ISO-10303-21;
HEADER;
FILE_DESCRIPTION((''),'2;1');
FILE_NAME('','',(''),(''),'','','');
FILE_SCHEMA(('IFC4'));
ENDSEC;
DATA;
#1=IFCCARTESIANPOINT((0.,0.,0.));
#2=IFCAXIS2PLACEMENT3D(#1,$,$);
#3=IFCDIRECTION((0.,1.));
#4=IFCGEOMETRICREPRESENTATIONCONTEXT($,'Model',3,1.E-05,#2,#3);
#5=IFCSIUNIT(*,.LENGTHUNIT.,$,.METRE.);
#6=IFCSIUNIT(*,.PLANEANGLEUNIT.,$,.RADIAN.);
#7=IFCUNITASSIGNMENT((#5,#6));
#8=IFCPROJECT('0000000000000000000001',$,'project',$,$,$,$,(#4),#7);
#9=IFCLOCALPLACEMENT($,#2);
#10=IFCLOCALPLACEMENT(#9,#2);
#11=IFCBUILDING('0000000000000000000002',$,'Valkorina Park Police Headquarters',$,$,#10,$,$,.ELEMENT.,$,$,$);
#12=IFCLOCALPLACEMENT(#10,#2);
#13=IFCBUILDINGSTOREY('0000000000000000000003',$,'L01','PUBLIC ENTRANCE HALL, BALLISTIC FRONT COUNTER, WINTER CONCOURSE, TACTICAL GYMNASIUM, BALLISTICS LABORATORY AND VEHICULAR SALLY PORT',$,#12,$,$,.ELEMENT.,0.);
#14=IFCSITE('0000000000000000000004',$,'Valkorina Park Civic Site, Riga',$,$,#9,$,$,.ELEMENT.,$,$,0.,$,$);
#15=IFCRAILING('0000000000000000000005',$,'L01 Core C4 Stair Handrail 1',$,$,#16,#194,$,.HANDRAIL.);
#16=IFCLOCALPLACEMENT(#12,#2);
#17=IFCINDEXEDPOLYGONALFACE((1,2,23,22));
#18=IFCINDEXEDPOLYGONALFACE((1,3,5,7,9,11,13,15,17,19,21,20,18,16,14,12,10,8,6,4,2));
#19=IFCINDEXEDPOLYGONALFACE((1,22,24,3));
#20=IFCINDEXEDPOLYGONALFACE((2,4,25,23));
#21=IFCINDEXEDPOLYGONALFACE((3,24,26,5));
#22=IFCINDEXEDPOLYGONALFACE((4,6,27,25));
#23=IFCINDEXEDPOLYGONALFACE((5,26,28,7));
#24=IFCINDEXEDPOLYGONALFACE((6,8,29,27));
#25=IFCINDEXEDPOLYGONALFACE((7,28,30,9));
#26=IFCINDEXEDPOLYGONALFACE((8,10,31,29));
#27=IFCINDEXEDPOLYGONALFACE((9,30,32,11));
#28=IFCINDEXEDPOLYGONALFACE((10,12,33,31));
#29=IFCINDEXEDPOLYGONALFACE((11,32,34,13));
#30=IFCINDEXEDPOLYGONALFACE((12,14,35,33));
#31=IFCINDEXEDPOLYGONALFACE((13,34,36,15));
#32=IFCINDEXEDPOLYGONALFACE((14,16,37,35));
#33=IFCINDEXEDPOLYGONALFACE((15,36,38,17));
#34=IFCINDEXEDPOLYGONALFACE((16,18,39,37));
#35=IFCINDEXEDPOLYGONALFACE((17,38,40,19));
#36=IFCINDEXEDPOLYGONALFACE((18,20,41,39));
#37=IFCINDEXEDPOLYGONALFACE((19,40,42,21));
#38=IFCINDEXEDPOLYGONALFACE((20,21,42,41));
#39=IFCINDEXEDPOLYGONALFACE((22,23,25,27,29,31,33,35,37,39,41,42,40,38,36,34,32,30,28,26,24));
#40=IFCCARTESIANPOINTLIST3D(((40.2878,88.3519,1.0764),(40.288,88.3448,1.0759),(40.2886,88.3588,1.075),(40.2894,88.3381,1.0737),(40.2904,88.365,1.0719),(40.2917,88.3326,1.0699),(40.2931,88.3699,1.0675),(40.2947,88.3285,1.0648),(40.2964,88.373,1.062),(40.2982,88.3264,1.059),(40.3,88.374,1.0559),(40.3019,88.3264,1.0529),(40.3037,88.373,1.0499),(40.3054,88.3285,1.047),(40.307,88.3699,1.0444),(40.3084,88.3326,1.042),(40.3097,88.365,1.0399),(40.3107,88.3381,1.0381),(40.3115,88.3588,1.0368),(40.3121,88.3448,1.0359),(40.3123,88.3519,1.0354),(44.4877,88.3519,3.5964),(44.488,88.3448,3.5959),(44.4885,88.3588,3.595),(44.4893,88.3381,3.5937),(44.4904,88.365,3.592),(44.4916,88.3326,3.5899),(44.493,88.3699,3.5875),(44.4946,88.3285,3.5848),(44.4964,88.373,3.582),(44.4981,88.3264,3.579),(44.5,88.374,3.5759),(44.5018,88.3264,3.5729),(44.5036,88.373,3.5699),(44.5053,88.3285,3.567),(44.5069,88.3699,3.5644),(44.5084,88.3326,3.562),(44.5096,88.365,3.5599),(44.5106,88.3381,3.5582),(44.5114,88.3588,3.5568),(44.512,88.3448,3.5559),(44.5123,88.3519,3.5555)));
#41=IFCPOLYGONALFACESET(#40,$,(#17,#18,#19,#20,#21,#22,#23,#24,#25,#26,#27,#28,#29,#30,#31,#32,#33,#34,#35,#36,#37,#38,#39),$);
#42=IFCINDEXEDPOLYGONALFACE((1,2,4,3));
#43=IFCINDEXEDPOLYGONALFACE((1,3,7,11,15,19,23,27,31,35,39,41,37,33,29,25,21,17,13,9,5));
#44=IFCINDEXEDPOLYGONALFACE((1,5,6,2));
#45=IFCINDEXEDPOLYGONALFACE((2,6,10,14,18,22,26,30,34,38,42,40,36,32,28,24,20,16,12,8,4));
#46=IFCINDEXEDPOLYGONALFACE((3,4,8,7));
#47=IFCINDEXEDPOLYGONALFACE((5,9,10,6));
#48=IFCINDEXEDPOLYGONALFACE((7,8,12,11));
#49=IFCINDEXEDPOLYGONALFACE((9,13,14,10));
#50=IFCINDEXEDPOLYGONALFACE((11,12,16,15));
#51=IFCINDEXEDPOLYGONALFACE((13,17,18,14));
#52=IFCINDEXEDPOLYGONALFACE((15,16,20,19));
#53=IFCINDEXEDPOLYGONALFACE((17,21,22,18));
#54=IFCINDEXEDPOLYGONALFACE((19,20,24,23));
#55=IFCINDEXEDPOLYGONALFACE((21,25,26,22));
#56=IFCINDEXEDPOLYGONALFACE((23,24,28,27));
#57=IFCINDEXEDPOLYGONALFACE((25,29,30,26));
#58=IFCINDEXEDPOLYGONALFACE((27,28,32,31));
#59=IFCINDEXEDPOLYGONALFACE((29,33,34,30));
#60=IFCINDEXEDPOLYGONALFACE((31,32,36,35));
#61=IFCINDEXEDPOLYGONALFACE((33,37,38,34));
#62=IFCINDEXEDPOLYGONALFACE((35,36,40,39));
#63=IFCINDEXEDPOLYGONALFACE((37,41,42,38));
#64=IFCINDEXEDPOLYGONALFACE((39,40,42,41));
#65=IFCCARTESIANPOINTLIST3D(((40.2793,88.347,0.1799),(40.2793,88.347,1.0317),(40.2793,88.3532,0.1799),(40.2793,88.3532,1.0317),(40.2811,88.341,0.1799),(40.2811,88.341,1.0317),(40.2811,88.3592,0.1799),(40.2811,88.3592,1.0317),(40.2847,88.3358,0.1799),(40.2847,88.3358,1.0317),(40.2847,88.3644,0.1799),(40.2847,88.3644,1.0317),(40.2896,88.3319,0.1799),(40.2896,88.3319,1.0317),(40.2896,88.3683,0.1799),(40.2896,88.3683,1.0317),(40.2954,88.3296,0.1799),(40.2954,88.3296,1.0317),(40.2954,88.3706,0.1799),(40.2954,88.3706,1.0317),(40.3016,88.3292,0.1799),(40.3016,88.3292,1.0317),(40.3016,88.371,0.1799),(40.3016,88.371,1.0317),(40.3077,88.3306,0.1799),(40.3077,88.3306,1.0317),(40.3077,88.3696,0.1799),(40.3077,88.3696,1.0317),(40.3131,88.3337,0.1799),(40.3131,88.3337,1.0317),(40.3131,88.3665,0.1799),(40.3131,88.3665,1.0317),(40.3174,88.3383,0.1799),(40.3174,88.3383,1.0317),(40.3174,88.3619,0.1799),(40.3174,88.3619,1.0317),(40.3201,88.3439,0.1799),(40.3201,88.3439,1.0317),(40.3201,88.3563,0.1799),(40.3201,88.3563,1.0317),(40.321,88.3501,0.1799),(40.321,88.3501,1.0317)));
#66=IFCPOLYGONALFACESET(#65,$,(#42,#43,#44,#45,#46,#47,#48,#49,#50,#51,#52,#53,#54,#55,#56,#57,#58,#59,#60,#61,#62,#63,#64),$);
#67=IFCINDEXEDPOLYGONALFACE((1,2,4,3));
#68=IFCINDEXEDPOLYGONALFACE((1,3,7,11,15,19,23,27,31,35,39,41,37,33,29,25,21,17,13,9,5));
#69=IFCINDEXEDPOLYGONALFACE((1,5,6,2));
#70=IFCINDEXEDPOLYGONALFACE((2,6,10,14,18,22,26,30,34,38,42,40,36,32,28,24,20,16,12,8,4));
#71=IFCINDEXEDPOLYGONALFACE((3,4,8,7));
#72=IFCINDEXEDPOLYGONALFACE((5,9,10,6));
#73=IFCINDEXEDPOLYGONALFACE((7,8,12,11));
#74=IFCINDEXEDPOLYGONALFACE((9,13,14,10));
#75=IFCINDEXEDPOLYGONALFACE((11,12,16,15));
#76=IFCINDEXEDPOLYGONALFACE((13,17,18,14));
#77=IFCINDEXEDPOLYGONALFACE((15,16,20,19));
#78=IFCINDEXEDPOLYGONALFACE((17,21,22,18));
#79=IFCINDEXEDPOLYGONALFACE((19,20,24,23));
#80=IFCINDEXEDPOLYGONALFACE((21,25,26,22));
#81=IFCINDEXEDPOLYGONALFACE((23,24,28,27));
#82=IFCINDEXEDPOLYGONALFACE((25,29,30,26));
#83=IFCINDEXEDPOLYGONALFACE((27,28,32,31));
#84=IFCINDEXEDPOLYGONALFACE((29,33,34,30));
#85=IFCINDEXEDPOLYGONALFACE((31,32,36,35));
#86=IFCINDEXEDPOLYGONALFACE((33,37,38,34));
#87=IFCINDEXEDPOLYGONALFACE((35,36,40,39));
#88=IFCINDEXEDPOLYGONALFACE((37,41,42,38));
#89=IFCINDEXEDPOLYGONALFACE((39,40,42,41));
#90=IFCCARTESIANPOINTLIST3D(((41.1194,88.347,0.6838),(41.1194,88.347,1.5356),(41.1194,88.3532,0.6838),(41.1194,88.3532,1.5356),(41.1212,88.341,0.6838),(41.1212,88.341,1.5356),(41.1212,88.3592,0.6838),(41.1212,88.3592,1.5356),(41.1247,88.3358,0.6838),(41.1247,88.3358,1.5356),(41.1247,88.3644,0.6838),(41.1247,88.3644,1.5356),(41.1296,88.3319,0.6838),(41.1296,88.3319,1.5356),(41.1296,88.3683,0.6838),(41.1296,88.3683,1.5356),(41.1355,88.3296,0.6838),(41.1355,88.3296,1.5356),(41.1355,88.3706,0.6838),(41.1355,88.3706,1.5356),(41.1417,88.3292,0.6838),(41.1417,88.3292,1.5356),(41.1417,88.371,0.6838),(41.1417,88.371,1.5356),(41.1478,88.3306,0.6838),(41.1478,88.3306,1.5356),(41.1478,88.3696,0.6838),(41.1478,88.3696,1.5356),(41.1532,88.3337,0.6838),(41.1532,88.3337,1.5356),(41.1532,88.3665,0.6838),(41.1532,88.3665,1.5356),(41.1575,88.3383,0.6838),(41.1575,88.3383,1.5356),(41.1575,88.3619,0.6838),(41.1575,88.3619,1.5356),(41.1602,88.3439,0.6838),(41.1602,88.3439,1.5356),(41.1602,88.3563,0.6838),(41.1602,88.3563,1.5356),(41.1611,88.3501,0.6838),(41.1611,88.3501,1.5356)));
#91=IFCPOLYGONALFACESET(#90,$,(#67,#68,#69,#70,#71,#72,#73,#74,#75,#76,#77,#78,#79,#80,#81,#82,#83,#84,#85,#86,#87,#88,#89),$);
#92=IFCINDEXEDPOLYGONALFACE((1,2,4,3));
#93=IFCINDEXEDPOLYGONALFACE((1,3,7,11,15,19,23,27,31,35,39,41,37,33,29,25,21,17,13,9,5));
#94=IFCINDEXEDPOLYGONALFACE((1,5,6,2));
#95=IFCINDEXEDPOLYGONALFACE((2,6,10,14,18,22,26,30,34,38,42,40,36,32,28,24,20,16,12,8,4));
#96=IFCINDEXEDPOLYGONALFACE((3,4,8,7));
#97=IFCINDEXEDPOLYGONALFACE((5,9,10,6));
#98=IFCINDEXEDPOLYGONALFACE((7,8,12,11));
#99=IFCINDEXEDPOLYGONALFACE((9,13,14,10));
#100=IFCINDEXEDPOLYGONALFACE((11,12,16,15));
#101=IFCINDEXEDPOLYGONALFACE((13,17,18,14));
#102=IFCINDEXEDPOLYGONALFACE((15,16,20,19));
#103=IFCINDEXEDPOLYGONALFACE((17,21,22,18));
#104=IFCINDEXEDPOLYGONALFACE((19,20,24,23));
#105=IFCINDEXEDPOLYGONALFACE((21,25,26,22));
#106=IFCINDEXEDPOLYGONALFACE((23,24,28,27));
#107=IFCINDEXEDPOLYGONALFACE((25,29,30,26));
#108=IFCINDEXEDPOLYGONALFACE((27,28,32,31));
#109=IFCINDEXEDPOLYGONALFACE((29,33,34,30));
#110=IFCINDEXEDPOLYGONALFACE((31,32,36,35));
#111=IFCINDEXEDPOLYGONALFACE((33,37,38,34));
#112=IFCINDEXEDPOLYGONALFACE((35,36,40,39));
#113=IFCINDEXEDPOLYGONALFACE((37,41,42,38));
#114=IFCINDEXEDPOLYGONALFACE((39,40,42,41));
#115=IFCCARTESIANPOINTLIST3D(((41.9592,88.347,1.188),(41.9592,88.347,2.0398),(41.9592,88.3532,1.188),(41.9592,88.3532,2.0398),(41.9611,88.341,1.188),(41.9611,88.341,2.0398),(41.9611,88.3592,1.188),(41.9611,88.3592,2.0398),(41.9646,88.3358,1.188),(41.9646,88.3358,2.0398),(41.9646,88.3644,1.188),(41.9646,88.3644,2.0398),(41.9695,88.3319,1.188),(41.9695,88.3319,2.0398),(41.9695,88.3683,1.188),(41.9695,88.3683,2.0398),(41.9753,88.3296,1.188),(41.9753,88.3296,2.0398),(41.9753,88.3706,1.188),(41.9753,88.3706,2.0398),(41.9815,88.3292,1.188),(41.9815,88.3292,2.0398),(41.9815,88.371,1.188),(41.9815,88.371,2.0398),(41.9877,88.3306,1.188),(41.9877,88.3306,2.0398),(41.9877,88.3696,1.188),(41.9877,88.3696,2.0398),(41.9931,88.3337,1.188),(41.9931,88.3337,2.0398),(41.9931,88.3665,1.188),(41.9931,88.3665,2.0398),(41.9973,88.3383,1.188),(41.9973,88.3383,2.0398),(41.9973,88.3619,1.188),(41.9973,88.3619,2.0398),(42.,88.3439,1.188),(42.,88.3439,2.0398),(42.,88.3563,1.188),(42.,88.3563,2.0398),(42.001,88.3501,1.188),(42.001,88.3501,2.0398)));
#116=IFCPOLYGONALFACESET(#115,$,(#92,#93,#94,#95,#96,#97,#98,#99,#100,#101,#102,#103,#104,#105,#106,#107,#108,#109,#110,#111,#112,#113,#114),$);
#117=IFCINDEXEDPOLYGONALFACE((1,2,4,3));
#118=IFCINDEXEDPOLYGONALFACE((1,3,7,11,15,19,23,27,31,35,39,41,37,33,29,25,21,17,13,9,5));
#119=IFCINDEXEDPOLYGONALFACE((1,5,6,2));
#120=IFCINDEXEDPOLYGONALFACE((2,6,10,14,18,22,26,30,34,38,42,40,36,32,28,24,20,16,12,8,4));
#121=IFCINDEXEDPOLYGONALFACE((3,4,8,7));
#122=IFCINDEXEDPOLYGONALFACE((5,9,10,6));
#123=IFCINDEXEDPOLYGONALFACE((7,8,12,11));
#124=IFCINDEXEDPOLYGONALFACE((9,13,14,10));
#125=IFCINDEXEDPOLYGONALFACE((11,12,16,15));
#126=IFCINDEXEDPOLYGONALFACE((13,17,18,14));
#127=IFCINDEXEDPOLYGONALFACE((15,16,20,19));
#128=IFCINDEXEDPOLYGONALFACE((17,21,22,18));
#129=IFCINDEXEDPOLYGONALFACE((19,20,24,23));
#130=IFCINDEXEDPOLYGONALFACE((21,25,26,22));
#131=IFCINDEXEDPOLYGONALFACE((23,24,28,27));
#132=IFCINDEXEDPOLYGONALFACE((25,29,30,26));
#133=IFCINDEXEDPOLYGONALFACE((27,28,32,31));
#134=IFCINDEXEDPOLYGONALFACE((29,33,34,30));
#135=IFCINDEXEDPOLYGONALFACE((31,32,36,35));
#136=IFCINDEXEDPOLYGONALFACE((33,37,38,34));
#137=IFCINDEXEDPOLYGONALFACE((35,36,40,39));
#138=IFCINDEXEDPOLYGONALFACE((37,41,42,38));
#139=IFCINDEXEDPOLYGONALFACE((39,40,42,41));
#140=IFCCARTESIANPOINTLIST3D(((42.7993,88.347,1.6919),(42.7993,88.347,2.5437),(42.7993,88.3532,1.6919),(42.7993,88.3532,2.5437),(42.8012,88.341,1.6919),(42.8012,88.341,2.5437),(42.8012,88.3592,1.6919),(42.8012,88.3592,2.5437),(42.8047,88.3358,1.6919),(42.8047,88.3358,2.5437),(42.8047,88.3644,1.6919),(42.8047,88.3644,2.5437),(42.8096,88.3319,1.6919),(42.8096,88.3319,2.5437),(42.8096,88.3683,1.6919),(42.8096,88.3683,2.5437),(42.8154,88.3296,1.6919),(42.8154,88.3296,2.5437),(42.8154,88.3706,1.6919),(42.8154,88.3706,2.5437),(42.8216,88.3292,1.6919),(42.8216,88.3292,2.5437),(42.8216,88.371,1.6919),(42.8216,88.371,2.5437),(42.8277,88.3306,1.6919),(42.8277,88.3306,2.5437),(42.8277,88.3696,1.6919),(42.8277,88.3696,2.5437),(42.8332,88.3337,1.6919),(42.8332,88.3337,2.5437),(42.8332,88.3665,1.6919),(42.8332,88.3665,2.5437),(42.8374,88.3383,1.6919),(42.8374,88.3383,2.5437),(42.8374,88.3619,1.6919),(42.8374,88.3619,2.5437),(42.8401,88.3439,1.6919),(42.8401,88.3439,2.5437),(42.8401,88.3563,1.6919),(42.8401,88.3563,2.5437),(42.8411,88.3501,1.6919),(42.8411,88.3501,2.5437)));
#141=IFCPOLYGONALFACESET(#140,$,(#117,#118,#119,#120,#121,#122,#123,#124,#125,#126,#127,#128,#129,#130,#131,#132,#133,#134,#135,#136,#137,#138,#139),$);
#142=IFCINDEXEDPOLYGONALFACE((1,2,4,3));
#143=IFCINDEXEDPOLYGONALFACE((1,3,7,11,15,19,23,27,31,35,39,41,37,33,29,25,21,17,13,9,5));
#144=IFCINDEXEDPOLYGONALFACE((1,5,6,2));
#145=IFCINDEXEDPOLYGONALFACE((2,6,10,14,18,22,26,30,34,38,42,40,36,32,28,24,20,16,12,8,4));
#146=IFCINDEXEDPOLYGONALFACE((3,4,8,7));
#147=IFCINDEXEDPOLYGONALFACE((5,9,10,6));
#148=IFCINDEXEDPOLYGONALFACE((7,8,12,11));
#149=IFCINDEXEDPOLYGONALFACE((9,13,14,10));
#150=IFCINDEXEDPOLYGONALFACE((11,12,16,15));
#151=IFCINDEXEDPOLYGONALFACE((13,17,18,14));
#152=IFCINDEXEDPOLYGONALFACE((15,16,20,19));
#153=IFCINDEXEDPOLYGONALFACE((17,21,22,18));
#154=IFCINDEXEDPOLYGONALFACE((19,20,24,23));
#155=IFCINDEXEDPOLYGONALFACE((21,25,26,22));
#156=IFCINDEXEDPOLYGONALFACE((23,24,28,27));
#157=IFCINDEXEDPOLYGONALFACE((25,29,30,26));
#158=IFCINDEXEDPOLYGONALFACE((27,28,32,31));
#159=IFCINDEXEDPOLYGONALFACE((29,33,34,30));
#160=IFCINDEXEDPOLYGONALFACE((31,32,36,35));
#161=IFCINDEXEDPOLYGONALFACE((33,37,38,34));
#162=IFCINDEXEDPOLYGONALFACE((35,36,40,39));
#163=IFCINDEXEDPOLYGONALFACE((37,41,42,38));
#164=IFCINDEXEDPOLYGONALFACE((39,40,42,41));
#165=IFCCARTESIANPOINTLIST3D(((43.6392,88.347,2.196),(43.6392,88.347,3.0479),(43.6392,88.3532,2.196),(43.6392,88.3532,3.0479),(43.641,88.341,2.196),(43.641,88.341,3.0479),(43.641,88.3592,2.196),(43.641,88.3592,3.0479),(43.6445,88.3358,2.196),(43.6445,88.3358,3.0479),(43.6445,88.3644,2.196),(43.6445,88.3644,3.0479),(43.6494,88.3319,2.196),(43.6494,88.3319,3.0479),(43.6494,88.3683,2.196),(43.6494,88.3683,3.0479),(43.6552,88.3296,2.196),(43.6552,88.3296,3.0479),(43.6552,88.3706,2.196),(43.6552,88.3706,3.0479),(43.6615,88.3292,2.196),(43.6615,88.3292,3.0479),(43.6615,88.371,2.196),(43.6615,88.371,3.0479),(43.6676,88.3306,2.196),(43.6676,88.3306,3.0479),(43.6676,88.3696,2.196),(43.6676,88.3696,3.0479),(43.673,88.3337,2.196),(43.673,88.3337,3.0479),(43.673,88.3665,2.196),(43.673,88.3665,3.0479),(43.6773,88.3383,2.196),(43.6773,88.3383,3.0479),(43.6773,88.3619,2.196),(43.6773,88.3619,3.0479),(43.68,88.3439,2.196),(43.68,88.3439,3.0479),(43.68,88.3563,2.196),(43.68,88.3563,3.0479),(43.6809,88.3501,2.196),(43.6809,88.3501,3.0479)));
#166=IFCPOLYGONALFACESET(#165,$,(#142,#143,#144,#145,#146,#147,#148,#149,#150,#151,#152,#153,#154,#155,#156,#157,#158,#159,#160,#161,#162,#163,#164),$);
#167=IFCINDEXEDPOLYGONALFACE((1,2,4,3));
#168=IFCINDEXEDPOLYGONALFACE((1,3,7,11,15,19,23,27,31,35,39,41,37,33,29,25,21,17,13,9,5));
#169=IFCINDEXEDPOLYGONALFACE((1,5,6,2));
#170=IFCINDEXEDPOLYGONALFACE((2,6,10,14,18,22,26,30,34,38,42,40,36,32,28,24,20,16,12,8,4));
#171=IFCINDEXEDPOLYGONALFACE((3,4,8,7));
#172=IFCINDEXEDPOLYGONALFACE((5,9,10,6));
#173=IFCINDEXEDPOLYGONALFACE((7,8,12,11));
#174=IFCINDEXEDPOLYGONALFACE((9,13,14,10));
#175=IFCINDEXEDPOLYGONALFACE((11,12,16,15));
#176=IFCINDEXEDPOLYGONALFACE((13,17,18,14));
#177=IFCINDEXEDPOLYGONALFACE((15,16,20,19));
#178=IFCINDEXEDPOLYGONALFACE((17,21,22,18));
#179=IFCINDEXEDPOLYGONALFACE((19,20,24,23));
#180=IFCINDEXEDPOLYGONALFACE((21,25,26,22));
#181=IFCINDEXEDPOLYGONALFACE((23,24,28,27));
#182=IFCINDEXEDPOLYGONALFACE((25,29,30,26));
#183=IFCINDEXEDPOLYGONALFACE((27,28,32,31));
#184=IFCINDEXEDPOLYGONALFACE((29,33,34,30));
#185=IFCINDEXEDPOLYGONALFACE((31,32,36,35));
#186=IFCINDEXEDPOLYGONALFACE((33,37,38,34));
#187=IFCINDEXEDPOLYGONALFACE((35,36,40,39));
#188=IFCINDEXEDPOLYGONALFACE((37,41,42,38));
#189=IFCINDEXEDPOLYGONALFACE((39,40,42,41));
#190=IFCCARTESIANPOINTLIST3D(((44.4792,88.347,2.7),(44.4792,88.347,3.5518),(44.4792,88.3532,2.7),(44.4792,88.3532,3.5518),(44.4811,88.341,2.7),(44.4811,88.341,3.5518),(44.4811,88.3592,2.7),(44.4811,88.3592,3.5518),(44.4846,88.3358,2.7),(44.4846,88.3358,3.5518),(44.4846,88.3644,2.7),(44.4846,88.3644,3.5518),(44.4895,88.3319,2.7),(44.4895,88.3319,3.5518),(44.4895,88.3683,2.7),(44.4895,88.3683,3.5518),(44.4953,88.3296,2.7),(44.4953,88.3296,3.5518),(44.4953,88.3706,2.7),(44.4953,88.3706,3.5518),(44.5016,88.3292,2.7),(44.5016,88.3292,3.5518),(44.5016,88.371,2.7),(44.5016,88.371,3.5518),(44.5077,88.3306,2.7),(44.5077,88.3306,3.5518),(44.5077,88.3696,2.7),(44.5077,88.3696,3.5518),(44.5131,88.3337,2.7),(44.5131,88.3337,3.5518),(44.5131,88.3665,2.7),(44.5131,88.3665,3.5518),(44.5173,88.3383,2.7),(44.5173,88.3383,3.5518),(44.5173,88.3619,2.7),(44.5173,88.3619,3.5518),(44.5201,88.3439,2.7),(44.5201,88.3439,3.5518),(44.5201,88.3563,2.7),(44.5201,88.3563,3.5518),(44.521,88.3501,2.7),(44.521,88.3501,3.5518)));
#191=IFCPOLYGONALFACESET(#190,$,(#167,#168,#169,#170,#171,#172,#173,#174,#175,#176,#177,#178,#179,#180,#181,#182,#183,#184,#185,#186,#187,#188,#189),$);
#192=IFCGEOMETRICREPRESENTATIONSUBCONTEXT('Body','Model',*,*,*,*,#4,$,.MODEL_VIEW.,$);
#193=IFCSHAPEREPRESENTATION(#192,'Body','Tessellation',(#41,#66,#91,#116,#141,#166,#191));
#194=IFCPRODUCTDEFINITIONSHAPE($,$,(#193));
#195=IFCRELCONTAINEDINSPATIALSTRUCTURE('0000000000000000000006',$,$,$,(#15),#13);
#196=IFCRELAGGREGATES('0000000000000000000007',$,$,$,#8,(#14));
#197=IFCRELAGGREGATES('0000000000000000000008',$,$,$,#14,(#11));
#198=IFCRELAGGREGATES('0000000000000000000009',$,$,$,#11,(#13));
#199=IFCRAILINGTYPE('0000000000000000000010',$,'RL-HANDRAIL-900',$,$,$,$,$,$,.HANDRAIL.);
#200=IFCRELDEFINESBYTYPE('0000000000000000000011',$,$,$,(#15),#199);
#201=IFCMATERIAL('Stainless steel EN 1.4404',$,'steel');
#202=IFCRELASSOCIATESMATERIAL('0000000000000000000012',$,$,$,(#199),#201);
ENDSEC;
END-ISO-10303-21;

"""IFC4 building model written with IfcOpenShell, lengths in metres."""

from ifc_helpers import new_model, si_unit, direction, frame, origin, origin_2d, place, context, subcontext, project, spatial, circle, extrude, material, type_object, element, save


model = new_model("IFC4")

# Units and contexts
model_context = context("Model", 3, precision=1e-05, world=origin(), true_north=direction((0.0, 1.0)))
body_context = subcontext(model_context, "Body", "Model", "MODEL_VIEW")
ifc_project = project(units=[si_unit("LENGTHUNIT", "METRE"), si_unit("PLANEANGLEUNIT", "RADIAN")], contexts=[model_context])

# Site, building, storey
site_placement = place(None, origin())
site = spatial("IfcSite", under=ifc_project, at=site_placement, Name="Valkorina Park Civic Site, Riga", CompositionType="ELEMENT", RefElevation=0.0)
building_placement = place(site_placement, origin())
building = spatial("IfcBuilding", under=site, at=building_placement, Name="Valkorina Park Police Headquarters", CompositionType="ELEMENT")
storey_placement = place(building_placement, origin())
storey = spatial("IfcBuildingStorey", under=building, at=storey_placement, Name="L01", Description="PUBLIC ENTRANCE HALL, BALLISTIC FRONT COUNTER, WINTER CONCOURSE, TACTICAL GYMNASIUM, BALLISTICS LABORATORY AND VEHICULAR SALLY PORT", CompositionType="ELEMENT", Elevation=0.0)

# Shared definitions
ifc_material_1 = material(Name="Stainless steel EN 1.4404", Category="steel")

# Railing
railing_type_1 = type_object("IfcRailingType", Name="RL-HANDRAIL-900", PredefinedType="HANDRAIL", material=ifc_material_1)
railing_1_placement = place(storey_placement, frame((40.3, 88.3501, 0.1799)))
element("IfcRailing", 1, at=railing_1_placement, inside=storey, type_object=railing_type_1, Name="L01 Core C4 Stair Handrail 1", PredefinedType="HANDRAIL", context=body_context, shape_type="SweptSolid", body=[
    extrude(circle(Radius=0.0239, at=origin_2d()), frame((0.0, 0.0, 0.876), z_axis=(0.857489, 0.0, 0.514503), x_axis=(0.0, 1.0, 0.0)), (0.0, 0.0, 1.0), 4.8979),
    extrude(circle(Radius=0.021, at=origin_2d()), origin(), (0.0, 0.0, 1.0), 0.8518),
    extrude(circle(Radius=0.021, at=origin_2d()), frame((0.8401, 0.0, 0.5039)), (0.0, 0.0, 1.0), 0.8518),
    extrude(circle(Radius=0.021, at=origin_2d()), frame((1.6799, 0.0, 1.0081)), (0.0, 0.0, 1.0), 0.8518),
    extrude(circle(Radius=0.021, at=origin_2d()), frame((2.52, 0.0, 1.512)), (0.0, 0.0, 1.0), 0.8518),
    extrude(circle(Radius=0.021, at=origin_2d()), frame((3.3599, 0.0, 2.0161)), (0.0, 0.0, 1.0), 0.8518),
    extrude(circle(Radius=0.021, at=origin_2d()), frame((4.2, 0.0, 2.52)), (0.0, 0.0, 1.0), 0.8518),
])

save(model, "model.ifc")
